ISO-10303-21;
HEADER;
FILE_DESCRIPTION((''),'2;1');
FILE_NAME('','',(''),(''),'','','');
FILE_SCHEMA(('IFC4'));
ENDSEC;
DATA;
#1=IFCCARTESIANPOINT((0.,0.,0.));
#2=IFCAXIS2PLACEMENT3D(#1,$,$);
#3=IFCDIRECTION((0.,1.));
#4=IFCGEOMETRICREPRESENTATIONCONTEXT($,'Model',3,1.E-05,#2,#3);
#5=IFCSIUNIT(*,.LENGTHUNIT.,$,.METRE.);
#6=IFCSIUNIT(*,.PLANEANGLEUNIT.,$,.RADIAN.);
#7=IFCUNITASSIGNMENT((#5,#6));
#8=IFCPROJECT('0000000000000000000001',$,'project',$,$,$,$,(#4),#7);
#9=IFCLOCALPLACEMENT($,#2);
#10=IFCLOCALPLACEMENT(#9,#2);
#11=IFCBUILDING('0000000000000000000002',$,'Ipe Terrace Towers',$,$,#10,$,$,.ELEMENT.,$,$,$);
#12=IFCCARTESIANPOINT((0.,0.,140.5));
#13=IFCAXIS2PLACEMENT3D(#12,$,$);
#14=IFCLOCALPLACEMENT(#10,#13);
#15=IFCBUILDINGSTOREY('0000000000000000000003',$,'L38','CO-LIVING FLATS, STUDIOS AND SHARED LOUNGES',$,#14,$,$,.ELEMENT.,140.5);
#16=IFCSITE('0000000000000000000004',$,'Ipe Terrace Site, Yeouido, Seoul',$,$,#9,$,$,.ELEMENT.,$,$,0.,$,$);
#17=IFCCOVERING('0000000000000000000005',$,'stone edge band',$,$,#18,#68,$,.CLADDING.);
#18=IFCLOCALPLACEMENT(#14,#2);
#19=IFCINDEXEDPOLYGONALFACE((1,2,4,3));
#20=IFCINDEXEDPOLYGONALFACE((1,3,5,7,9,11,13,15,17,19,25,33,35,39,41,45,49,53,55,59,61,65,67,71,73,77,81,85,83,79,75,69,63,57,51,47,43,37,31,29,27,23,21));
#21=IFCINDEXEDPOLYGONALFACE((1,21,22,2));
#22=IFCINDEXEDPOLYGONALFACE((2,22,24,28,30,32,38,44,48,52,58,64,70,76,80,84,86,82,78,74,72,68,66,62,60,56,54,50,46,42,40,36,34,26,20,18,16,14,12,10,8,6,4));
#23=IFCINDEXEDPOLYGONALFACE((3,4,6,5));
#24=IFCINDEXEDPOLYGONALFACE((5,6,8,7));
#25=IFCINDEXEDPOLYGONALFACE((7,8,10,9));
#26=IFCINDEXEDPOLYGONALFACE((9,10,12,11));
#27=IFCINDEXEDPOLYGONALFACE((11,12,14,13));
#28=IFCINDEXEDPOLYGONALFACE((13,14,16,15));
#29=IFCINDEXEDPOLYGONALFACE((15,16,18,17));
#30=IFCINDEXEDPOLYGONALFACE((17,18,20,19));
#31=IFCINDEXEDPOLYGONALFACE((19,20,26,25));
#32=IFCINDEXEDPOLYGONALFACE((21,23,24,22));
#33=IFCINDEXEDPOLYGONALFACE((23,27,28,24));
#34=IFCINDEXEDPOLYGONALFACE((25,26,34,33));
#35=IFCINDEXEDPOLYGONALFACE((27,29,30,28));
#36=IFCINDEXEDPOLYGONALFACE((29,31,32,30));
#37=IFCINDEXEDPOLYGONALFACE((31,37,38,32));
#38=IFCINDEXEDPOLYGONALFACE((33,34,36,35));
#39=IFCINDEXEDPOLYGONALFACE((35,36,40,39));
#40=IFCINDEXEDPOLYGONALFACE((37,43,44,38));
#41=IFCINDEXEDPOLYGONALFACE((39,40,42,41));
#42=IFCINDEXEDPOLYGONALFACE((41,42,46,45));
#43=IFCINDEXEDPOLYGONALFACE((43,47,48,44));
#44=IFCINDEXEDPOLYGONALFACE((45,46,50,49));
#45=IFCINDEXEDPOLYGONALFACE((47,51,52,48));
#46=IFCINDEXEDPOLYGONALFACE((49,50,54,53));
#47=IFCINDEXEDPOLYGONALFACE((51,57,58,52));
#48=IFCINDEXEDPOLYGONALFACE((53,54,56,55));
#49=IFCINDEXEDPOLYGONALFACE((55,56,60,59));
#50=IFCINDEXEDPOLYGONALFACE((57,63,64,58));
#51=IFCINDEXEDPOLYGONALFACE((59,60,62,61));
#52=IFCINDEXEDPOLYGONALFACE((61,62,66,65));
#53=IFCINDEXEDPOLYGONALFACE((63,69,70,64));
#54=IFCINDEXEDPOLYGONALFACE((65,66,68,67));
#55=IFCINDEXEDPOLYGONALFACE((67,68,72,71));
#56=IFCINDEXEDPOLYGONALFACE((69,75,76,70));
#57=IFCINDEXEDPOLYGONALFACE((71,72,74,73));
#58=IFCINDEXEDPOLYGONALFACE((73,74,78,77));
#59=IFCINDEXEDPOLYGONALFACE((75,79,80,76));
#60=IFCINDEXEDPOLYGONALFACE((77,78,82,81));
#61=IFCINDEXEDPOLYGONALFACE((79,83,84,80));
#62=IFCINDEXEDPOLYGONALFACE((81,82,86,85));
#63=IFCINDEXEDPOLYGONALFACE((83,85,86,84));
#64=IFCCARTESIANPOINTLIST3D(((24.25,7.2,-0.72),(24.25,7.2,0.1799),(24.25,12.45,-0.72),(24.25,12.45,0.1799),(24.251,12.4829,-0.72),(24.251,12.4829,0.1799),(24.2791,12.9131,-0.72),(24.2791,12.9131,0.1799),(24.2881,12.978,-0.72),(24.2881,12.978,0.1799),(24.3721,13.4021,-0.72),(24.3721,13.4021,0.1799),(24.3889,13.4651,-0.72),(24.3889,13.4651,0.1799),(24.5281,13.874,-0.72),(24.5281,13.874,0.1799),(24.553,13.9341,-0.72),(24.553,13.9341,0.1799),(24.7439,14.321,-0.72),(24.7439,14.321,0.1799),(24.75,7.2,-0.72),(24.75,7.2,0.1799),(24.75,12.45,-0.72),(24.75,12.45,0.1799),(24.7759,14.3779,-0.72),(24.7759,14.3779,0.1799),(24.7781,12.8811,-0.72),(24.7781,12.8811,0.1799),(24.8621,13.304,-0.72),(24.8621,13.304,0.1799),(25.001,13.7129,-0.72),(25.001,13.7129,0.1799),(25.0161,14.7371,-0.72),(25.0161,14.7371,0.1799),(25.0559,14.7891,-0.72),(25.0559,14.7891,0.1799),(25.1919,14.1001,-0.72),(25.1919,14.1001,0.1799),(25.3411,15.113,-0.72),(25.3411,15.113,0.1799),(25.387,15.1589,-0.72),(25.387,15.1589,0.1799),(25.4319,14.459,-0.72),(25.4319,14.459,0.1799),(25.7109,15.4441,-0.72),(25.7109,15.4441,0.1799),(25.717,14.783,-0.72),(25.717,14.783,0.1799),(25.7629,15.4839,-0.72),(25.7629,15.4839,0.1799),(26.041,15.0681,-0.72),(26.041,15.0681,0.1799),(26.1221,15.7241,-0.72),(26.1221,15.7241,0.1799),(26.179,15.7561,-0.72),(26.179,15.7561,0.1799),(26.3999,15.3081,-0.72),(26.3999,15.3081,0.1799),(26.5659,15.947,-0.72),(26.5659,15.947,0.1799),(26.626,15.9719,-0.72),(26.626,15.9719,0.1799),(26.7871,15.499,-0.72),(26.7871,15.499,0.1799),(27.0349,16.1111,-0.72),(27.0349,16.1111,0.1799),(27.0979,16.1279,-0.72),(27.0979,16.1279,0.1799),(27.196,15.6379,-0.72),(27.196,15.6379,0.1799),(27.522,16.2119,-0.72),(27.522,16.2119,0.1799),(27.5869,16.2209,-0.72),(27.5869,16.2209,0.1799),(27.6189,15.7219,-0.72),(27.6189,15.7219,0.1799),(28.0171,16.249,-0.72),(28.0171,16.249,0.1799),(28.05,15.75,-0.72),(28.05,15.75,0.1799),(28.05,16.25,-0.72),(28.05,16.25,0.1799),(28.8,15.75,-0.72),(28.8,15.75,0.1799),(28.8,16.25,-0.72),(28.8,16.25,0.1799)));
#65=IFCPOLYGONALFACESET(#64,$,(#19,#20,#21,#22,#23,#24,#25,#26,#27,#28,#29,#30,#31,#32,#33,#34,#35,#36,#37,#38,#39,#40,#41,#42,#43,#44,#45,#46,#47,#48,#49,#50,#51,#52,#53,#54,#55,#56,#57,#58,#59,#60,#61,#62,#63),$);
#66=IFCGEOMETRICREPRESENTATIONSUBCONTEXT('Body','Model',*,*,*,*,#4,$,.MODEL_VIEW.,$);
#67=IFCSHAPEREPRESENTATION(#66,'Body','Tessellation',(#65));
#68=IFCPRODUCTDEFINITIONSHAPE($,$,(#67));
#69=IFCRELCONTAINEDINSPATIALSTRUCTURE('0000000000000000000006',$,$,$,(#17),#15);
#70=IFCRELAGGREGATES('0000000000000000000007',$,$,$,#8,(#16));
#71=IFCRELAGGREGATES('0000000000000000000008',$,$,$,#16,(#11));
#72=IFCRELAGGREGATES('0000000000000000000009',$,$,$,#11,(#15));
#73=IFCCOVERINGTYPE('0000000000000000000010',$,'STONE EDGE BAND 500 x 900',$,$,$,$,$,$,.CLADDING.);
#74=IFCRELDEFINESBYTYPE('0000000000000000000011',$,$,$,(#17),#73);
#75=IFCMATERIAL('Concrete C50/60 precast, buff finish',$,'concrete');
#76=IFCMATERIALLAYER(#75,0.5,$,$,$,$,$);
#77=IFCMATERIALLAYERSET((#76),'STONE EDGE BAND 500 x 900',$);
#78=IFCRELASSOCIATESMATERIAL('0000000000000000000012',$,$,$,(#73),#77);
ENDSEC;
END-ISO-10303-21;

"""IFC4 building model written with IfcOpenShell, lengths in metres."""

from ifc_helpers import new_model, si_unit, direction, frame, origin, place, context, subcontext, project, spatial, polyline, outline, extrude, material, layer, layer_set, type_object, element, save


model = new_model("IFC4")

# Units and contexts
model_context = context("Model", 3, precision=1e-05, world=origin(), true_north=direction((0.0, 1.0)))
body_context = subcontext(model_context, "Body", "Model", "MODEL_VIEW")
ifc_project = project(units=[si_unit("LENGTHUNIT", "METRE"), si_unit("PLANEANGLEUNIT", "RADIAN")], contexts=[model_context])

# Site, building, storey
site_placement = place(None, origin())
site = spatial("IfcSite", under=ifc_project, at=site_placement, Name="Ipe Terrace Site, Yeouido, Seoul", CompositionType="ELEMENT", RefElevation=0.0)
building_placement = place(site_placement, origin())
building = spatial("IfcBuilding", under=site, at=building_placement, Name="Ipe Terrace Towers", CompositionType="ELEMENT")
storey_placement = place(building_placement, frame((0.0, 0.0, 140.5)))
storey = spatial("IfcBuildingStorey", under=building, at=storey_placement, Name="L38", Description="CO-LIVING FLATS, STUDIOS AND SHARED LOUNGES", CompositionType="ELEMENT", Elevation=140.5)

# Covering
ifc_material_1 = material(Name="Concrete C50/60 precast, buff finish", Category="concrete")
ifc_layer_1 = layer(ifc_material_1, 0.5)
ifc_layer_set_1 = layer_set([ifc_layer_1], Name="STONE EDGE BAND 500 x 900")
covering_type = type_object("IfcCoveringType", Name="STONE EDGE BAND 500 x 900", PredefinedType="CLADDING", material=ifc_layer_set_1)
covering_placement = place(storey_placement, frame((0.0, 0.0, -0.72)))
element("IfcCovering", 1, at=covering_placement, inside=storey, type_object=covering_type, Name="stone edge band", PredefinedType="CLADDING", context=body_context, shape_type="SweptSolid", body=[
    extrude(outline(polyline([(24.25, 12.45), (24.25, 7.2), (24.75, 7.2), (24.75, 12.45), (24.7781, 12.8811), (24.8621, 13.304), (25.001, 13.7129), (25.1919, 14.1001), (25.4319, 14.459), (25.717, 14.783), (26.041, 15.0681), (26.3999, 15.3081), (26.7871, 15.499), (27.196, 15.6379), (27.6189, 15.7219), (28.05, 15.75), (28.8, 15.75), (28.8, 16.25), (28.05, 16.25), (28.0171, 16.249), (27.5869, 16.2209), (27.522, 16.2119), (27.0979, 16.1279), (27.0349, 16.1111), (26.626, 15.9719), (26.5659, 15.947), (26.179, 15.7561), (26.1221, 15.7241), (25.7629, 15.4839), (25.7109, 15.4441), (25.387, 15.1589), (25.3411, 15.113), (25.0559, 14.7891), (25.0161, 14.7371), (24.7759, 14.3779), (24.7439, 14.321), (24.553, 13.9341), (24.5281, 13.874), (24.3889, 13.4651), (24.3721, 13.4021), (24.2881, 12.978), (24.2791, 12.9131), (24.251, 12.4829), (24.25, 12.45)])), origin(), (0.0, 0.0, 1.0), 0.8999),
])

save(model, "model.ifc")
